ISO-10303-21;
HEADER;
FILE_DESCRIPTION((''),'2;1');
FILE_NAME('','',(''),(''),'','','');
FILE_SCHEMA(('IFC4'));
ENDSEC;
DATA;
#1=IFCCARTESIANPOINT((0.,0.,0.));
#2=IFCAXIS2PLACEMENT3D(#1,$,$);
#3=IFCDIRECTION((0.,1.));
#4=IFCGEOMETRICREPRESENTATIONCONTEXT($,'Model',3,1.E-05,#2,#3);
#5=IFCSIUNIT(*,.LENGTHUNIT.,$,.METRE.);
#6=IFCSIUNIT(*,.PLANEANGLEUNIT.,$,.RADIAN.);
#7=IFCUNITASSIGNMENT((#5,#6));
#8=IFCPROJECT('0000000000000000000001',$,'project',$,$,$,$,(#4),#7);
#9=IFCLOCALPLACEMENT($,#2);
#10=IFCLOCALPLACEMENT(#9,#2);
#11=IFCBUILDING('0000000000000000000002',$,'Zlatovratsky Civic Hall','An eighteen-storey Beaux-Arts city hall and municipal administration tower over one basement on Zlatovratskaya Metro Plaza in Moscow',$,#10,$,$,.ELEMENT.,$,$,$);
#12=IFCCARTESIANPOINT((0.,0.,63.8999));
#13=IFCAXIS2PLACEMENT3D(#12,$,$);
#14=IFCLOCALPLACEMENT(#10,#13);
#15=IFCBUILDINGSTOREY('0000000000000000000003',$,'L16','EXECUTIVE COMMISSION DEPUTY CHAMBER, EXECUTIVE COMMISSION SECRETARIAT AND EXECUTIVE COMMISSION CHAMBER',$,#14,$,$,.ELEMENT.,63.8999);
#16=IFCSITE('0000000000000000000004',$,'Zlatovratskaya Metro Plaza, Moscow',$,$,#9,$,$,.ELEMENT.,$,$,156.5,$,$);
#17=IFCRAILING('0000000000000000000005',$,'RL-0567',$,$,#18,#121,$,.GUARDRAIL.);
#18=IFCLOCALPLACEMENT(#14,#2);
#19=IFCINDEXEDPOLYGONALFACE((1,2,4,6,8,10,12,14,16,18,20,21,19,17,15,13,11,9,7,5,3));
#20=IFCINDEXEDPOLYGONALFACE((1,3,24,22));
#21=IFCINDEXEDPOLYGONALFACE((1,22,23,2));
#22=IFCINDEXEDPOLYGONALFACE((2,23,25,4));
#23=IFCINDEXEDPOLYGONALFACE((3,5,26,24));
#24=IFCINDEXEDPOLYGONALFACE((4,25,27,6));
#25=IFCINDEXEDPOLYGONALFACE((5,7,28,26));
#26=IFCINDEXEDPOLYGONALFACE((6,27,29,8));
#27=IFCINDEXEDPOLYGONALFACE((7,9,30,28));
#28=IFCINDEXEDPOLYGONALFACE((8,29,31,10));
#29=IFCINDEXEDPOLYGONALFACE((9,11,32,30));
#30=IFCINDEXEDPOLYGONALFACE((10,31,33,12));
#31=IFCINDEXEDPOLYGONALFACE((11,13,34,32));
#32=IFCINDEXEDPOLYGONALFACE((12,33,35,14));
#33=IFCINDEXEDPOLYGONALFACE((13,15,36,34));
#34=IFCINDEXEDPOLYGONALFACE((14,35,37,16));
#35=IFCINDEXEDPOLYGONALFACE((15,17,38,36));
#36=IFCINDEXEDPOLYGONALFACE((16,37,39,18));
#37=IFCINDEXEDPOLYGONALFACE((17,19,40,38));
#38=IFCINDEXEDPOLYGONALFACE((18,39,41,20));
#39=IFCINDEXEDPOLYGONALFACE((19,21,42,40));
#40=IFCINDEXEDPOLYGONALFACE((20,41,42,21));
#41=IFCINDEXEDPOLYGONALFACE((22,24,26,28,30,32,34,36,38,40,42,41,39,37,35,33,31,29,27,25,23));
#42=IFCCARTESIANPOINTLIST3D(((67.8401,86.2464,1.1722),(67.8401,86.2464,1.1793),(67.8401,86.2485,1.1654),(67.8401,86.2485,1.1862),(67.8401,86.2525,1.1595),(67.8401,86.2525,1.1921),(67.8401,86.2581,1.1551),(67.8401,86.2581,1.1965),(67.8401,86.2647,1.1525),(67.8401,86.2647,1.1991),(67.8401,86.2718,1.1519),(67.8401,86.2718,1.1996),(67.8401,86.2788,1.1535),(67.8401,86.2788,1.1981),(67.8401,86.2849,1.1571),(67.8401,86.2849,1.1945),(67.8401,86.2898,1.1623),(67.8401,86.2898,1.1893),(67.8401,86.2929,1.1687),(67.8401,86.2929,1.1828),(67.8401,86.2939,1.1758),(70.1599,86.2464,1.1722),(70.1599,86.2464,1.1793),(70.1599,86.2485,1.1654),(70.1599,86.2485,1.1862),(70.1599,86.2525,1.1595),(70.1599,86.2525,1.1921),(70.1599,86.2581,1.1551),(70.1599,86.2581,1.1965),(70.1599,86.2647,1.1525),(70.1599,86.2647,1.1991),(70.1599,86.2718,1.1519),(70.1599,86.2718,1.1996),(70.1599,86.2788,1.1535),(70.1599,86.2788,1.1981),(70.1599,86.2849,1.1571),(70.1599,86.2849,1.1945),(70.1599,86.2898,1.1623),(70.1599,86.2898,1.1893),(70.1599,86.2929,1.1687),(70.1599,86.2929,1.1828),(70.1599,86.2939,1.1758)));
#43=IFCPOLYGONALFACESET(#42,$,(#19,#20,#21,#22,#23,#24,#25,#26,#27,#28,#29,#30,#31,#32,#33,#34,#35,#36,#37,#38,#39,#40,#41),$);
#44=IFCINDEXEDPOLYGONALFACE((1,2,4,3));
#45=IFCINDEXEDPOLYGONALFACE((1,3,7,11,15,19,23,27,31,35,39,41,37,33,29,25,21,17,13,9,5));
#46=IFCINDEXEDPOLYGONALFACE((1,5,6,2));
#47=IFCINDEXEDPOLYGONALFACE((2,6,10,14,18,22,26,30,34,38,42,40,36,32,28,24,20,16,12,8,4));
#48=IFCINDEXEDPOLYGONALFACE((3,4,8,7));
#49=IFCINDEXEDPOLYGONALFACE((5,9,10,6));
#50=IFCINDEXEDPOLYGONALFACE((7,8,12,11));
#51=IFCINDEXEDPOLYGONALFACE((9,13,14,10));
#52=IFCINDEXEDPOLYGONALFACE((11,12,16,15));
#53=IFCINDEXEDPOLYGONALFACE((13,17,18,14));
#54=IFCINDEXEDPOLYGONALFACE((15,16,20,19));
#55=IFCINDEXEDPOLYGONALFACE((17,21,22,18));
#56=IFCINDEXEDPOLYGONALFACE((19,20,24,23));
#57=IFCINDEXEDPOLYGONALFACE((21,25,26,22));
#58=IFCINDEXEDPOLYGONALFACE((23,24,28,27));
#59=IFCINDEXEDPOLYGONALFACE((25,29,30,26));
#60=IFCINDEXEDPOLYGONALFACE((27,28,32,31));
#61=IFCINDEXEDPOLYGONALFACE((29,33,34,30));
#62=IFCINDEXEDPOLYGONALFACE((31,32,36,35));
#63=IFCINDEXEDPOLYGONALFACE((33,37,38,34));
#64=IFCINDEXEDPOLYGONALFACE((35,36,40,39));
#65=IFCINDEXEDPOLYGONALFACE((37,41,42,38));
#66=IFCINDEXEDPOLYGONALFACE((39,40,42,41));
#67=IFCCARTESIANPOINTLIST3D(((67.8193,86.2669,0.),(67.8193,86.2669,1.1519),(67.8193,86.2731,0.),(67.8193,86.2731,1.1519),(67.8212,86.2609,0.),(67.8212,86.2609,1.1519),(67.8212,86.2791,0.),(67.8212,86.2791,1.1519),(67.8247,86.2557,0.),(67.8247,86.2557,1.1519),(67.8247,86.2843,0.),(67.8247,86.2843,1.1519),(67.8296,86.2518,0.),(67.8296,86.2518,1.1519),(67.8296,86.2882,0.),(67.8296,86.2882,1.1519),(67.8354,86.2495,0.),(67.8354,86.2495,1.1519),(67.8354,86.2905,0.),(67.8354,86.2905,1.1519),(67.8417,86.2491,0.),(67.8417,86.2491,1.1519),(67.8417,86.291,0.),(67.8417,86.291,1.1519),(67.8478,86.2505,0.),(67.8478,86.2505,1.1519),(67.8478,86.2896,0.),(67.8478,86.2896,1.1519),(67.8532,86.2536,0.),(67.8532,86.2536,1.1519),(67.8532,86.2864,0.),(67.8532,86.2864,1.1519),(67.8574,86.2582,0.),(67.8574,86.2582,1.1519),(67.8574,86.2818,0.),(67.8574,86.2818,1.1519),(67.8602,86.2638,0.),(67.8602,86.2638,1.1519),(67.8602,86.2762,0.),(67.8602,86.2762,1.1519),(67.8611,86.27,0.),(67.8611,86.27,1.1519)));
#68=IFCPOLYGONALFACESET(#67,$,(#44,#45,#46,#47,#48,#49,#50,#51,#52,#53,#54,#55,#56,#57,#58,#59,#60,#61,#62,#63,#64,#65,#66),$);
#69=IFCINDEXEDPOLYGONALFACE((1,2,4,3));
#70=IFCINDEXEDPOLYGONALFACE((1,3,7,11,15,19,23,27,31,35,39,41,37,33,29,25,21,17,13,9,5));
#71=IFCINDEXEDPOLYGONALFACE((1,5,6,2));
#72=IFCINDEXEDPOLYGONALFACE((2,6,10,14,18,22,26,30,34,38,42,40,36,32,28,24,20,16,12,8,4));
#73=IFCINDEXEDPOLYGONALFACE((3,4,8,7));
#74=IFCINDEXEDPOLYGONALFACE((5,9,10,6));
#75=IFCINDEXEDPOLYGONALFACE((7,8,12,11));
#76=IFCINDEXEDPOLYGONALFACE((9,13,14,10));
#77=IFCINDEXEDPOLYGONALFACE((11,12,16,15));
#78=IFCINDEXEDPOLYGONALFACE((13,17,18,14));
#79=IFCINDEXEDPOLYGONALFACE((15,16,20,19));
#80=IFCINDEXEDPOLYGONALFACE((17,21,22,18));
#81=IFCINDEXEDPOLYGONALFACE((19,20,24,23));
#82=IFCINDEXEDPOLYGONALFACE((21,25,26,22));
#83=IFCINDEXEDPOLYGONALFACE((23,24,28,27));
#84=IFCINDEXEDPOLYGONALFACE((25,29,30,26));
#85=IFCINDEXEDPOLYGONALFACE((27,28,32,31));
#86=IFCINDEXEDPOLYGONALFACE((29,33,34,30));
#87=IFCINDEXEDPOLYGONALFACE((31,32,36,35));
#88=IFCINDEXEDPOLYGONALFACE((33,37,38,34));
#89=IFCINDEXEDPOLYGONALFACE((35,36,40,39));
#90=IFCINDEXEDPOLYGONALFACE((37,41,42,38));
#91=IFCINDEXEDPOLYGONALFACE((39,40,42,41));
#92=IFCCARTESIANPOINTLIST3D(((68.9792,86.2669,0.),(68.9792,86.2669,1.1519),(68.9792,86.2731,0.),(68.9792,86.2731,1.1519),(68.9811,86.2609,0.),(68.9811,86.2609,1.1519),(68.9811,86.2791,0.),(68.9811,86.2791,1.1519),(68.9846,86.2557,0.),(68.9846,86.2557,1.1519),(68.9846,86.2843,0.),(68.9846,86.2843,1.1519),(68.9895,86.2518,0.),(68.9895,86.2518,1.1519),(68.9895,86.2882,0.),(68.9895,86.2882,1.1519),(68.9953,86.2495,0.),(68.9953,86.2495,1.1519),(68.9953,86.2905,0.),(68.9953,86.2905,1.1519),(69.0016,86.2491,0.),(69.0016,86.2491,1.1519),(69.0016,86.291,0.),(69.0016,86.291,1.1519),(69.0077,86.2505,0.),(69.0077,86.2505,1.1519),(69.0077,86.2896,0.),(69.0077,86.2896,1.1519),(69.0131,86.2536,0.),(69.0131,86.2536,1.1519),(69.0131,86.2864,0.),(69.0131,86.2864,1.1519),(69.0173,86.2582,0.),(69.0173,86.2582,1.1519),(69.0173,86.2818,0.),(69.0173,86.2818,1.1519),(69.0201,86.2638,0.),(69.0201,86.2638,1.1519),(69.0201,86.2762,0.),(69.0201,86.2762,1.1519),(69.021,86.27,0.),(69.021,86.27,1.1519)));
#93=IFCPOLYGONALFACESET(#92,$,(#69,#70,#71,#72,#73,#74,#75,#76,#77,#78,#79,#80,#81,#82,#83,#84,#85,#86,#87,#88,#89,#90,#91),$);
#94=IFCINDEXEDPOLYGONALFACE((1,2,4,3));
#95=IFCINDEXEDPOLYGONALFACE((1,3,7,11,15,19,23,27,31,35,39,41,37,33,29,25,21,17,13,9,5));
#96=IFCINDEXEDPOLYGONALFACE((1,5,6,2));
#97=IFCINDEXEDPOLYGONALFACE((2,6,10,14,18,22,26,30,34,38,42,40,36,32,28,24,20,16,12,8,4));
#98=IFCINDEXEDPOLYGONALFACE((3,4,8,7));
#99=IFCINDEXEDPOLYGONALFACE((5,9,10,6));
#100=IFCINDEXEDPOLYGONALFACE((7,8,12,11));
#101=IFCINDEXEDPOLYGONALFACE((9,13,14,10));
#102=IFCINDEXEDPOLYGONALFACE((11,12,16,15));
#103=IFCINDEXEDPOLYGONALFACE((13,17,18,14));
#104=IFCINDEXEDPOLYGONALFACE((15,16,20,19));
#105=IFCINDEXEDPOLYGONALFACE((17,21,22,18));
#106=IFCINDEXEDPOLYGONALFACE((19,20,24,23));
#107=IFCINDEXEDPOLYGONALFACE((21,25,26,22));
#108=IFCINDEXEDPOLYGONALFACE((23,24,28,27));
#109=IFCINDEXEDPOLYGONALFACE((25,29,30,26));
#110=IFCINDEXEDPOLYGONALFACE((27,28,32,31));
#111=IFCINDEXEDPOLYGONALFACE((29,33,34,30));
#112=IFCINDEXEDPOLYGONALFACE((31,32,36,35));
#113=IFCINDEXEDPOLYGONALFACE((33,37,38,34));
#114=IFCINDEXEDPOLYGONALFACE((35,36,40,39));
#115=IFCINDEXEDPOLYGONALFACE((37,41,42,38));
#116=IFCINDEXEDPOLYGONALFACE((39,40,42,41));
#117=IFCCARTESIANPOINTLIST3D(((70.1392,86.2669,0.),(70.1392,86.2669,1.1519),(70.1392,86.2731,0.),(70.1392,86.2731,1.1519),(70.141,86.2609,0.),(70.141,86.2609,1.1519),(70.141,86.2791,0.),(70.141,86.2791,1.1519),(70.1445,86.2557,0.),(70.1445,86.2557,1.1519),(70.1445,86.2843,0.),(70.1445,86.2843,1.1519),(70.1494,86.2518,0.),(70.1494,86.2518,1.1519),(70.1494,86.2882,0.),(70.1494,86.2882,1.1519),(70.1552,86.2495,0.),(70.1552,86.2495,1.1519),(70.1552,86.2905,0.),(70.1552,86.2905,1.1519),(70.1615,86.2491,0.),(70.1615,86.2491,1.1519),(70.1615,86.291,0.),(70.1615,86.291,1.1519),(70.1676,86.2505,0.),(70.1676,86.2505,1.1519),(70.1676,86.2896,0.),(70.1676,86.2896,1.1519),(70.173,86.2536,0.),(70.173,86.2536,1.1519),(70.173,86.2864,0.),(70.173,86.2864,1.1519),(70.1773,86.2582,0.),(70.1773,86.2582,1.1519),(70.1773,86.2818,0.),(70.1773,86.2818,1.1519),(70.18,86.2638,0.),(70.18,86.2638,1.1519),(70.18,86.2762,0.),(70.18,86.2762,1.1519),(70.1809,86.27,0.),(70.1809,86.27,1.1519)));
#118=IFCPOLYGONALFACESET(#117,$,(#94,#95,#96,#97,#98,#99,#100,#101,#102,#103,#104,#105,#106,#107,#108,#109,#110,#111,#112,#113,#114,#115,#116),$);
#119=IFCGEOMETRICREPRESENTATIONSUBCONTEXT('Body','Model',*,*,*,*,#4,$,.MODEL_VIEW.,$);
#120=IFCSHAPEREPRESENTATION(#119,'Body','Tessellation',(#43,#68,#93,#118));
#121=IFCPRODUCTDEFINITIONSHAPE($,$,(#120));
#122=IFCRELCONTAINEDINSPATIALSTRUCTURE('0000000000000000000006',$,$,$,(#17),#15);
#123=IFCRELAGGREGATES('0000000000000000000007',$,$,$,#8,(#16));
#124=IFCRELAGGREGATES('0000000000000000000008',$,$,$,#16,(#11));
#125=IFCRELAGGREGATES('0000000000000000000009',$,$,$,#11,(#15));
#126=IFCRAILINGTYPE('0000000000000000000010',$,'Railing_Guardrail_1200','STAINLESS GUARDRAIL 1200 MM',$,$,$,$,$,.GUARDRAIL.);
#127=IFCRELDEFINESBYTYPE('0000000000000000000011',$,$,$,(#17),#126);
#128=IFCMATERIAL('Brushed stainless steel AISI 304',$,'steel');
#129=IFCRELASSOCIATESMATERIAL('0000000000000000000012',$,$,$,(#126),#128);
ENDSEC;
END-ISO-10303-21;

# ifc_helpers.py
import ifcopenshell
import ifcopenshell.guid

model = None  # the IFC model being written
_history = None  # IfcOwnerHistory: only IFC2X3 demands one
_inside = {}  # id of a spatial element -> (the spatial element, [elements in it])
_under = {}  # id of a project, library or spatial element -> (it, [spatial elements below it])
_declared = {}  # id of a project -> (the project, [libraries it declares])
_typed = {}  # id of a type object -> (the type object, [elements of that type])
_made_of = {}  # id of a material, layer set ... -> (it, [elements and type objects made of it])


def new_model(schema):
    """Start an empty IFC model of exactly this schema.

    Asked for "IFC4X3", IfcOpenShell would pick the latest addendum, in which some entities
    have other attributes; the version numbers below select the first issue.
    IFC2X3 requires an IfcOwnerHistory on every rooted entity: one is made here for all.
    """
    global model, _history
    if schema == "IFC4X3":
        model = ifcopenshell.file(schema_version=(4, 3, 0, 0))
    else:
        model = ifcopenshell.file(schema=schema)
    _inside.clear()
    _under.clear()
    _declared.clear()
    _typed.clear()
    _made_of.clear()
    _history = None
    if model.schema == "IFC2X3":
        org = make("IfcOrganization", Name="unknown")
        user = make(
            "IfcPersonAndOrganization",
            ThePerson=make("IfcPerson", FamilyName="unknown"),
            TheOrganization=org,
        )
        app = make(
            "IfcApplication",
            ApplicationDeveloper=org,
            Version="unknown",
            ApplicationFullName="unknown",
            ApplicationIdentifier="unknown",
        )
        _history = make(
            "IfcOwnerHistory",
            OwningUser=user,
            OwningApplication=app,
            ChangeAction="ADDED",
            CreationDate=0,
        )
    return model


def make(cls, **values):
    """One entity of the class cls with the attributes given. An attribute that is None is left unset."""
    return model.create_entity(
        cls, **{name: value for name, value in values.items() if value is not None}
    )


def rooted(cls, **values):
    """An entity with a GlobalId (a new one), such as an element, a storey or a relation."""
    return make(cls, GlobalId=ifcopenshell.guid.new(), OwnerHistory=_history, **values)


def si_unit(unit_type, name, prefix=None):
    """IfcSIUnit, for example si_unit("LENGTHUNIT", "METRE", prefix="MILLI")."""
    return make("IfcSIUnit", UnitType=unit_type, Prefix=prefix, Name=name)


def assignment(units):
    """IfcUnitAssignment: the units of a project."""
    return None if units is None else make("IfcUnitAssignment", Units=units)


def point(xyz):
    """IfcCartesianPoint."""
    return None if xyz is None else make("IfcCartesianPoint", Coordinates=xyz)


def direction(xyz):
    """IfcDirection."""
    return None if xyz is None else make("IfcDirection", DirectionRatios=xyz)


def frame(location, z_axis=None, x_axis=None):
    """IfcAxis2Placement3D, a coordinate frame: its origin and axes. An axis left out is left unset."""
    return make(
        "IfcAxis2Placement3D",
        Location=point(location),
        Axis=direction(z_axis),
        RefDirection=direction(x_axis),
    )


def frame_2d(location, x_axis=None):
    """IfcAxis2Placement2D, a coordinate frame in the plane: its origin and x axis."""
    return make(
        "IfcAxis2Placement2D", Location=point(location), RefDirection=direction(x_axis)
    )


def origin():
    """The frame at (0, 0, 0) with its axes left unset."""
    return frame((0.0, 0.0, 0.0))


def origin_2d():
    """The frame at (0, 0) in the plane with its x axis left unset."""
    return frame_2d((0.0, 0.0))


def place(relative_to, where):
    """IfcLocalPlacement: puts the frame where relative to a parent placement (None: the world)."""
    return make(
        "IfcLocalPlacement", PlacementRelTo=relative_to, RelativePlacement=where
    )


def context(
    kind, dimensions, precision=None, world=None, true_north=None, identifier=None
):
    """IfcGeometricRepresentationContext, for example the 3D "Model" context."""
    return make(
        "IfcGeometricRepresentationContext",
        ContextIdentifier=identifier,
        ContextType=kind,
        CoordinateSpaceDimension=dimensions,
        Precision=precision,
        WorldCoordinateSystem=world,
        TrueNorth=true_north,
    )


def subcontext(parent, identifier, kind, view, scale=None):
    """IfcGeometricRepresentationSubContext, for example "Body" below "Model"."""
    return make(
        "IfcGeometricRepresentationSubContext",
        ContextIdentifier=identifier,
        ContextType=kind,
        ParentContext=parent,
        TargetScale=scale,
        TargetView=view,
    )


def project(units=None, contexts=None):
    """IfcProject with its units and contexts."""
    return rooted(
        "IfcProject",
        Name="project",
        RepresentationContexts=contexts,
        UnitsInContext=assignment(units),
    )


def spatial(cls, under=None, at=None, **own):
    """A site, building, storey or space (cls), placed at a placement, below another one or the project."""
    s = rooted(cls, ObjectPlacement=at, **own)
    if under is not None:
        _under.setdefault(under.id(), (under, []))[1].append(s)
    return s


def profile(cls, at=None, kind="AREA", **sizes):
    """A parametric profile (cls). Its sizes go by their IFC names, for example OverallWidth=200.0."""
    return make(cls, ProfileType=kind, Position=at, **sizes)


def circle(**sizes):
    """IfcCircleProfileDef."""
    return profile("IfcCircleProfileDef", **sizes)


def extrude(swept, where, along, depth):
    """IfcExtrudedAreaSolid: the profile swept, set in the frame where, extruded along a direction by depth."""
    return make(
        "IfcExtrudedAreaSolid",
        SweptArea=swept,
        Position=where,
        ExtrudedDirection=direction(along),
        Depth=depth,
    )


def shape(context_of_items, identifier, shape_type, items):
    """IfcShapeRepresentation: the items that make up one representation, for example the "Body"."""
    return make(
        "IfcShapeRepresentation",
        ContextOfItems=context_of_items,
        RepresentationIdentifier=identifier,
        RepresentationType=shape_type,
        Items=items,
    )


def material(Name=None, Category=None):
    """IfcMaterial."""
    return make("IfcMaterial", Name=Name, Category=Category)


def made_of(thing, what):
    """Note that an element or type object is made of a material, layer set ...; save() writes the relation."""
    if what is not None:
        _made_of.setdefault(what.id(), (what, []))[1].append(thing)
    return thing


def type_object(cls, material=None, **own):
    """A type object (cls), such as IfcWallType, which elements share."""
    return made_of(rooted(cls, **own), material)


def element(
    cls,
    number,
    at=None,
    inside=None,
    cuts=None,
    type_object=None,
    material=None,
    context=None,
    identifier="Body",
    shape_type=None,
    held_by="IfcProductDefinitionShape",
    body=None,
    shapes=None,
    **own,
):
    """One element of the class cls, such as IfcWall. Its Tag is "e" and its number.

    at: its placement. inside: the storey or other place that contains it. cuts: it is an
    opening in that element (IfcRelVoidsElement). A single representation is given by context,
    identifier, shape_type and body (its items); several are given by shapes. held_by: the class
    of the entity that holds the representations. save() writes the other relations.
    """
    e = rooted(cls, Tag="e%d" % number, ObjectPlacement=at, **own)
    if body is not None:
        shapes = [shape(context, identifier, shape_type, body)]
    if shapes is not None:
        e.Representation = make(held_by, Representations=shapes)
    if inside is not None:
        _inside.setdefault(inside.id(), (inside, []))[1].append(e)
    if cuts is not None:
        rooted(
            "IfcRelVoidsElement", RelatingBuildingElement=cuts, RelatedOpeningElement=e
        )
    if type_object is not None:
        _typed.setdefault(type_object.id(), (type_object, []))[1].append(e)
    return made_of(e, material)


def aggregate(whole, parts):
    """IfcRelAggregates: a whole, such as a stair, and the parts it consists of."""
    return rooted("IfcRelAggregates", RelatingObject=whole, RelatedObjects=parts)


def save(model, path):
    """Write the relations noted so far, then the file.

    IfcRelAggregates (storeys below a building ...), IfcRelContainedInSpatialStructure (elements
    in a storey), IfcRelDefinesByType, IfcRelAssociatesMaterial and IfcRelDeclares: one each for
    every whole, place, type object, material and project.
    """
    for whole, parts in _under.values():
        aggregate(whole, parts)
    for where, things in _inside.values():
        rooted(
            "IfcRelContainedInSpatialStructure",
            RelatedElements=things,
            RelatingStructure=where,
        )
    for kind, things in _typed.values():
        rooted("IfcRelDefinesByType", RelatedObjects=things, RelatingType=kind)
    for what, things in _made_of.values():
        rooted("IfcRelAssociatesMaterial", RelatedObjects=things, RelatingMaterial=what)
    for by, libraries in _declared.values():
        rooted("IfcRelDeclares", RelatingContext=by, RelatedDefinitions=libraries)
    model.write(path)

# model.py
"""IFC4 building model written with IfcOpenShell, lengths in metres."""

from ifc_helpers import new_model, si_unit, direction, frame, origin, origin_2d, place, context, subcontext, project, spatial, circle, extrude, material, type_object, element, save


model = new_model("IFC4")

# Units and contexts
model_context = context("Model", 3, precision=1e-05, world=origin(), true_north=direction((0.0, 1.0)))
body_context = subcontext(model_context, "Body", "Model", "MODEL_VIEW")
ifc_project = project(units=[si_unit("LENGTHUNIT", "METRE"), si_unit("PLANEANGLEUNIT", "RADIAN")], contexts=[model_context])

# Site, building, storey
site_placement = place(None, origin())
site = spatial("IfcSite", under=ifc_project, at=site_placement, Name="Zlatovratskaya Metro Plaza, Moscow", CompositionType="ELEMENT", RefElevation=156.5)
building_placement = place(site_placement, origin())
building = spatial("IfcBuilding", under=site, at=building_placement, Name="Zlatovratsky Civic Hall", Description="An eighteen-storey Beaux-Arts city hall and municipal administration tower over one basement on Zlatovratskaya Metro Plaza in Moscow", CompositionType="ELEMENT")
storey_placement = place(building_placement, frame((0.0, 0.0, 63.8999)))
storey = spatial("IfcBuildingStorey", under=building, at=storey_placement, Name="L16", Description="EXECUTIVE COMMISSION DEPUTY CHAMBER, EXECUTIVE COMMISSION SECRETARIAT AND EXECUTIVE COMMISSION CHAMBER", CompositionType="ELEMENT", Elevation=63.8999)

# Railing
ifc_material_1 = material(Name="Brushed stainless steel AISI 304", Category="steel")
railing_type_1 = type_object("IfcRailingType", Name="Railing_Guardrail_1200", Description="STAINLESS GUARDRAIL 1200 MM", PredefinedType="GUARDRAIL", material=ifc_material_1)
railing_1_placement = place(storey_placement, frame((67.8401, 86.27, 0.0)))
element("IfcRailing", 1, at=railing_1_placement, inside=storey, type_object=railing_type_1, Name="RL-0567", PredefinedType="GUARDRAIL", context=body_context, shape_type="SweptSolid", body=[
    extrude(circle(Radius=0.0239, at=origin_2d()), frame((0.0, 0.0, 1.1758), z_axis=(1.0, 0.0, 0.0), x_axis=(0.0, 1.0, 0.0)), (0.0, 0.0, 1.0), 2.3198),
    extrude(circle(Radius=0.021, at=origin_2d()), origin(), (0.0, 0.0, 1.0), 1.1519),
    extrude(circle(Radius=0.021, at=origin_2d()), frame((1.1599, 0.0, 0.0)), (0.0, 0.0, 1.0), 1.1519),
    extrude(circle(Radius=0.021, at=origin_2d()), frame((2.3198, 0.0, 0.0)), (0.0, 0.0, 1.0), 1.1519),
])

save(model, "model.ifc")
